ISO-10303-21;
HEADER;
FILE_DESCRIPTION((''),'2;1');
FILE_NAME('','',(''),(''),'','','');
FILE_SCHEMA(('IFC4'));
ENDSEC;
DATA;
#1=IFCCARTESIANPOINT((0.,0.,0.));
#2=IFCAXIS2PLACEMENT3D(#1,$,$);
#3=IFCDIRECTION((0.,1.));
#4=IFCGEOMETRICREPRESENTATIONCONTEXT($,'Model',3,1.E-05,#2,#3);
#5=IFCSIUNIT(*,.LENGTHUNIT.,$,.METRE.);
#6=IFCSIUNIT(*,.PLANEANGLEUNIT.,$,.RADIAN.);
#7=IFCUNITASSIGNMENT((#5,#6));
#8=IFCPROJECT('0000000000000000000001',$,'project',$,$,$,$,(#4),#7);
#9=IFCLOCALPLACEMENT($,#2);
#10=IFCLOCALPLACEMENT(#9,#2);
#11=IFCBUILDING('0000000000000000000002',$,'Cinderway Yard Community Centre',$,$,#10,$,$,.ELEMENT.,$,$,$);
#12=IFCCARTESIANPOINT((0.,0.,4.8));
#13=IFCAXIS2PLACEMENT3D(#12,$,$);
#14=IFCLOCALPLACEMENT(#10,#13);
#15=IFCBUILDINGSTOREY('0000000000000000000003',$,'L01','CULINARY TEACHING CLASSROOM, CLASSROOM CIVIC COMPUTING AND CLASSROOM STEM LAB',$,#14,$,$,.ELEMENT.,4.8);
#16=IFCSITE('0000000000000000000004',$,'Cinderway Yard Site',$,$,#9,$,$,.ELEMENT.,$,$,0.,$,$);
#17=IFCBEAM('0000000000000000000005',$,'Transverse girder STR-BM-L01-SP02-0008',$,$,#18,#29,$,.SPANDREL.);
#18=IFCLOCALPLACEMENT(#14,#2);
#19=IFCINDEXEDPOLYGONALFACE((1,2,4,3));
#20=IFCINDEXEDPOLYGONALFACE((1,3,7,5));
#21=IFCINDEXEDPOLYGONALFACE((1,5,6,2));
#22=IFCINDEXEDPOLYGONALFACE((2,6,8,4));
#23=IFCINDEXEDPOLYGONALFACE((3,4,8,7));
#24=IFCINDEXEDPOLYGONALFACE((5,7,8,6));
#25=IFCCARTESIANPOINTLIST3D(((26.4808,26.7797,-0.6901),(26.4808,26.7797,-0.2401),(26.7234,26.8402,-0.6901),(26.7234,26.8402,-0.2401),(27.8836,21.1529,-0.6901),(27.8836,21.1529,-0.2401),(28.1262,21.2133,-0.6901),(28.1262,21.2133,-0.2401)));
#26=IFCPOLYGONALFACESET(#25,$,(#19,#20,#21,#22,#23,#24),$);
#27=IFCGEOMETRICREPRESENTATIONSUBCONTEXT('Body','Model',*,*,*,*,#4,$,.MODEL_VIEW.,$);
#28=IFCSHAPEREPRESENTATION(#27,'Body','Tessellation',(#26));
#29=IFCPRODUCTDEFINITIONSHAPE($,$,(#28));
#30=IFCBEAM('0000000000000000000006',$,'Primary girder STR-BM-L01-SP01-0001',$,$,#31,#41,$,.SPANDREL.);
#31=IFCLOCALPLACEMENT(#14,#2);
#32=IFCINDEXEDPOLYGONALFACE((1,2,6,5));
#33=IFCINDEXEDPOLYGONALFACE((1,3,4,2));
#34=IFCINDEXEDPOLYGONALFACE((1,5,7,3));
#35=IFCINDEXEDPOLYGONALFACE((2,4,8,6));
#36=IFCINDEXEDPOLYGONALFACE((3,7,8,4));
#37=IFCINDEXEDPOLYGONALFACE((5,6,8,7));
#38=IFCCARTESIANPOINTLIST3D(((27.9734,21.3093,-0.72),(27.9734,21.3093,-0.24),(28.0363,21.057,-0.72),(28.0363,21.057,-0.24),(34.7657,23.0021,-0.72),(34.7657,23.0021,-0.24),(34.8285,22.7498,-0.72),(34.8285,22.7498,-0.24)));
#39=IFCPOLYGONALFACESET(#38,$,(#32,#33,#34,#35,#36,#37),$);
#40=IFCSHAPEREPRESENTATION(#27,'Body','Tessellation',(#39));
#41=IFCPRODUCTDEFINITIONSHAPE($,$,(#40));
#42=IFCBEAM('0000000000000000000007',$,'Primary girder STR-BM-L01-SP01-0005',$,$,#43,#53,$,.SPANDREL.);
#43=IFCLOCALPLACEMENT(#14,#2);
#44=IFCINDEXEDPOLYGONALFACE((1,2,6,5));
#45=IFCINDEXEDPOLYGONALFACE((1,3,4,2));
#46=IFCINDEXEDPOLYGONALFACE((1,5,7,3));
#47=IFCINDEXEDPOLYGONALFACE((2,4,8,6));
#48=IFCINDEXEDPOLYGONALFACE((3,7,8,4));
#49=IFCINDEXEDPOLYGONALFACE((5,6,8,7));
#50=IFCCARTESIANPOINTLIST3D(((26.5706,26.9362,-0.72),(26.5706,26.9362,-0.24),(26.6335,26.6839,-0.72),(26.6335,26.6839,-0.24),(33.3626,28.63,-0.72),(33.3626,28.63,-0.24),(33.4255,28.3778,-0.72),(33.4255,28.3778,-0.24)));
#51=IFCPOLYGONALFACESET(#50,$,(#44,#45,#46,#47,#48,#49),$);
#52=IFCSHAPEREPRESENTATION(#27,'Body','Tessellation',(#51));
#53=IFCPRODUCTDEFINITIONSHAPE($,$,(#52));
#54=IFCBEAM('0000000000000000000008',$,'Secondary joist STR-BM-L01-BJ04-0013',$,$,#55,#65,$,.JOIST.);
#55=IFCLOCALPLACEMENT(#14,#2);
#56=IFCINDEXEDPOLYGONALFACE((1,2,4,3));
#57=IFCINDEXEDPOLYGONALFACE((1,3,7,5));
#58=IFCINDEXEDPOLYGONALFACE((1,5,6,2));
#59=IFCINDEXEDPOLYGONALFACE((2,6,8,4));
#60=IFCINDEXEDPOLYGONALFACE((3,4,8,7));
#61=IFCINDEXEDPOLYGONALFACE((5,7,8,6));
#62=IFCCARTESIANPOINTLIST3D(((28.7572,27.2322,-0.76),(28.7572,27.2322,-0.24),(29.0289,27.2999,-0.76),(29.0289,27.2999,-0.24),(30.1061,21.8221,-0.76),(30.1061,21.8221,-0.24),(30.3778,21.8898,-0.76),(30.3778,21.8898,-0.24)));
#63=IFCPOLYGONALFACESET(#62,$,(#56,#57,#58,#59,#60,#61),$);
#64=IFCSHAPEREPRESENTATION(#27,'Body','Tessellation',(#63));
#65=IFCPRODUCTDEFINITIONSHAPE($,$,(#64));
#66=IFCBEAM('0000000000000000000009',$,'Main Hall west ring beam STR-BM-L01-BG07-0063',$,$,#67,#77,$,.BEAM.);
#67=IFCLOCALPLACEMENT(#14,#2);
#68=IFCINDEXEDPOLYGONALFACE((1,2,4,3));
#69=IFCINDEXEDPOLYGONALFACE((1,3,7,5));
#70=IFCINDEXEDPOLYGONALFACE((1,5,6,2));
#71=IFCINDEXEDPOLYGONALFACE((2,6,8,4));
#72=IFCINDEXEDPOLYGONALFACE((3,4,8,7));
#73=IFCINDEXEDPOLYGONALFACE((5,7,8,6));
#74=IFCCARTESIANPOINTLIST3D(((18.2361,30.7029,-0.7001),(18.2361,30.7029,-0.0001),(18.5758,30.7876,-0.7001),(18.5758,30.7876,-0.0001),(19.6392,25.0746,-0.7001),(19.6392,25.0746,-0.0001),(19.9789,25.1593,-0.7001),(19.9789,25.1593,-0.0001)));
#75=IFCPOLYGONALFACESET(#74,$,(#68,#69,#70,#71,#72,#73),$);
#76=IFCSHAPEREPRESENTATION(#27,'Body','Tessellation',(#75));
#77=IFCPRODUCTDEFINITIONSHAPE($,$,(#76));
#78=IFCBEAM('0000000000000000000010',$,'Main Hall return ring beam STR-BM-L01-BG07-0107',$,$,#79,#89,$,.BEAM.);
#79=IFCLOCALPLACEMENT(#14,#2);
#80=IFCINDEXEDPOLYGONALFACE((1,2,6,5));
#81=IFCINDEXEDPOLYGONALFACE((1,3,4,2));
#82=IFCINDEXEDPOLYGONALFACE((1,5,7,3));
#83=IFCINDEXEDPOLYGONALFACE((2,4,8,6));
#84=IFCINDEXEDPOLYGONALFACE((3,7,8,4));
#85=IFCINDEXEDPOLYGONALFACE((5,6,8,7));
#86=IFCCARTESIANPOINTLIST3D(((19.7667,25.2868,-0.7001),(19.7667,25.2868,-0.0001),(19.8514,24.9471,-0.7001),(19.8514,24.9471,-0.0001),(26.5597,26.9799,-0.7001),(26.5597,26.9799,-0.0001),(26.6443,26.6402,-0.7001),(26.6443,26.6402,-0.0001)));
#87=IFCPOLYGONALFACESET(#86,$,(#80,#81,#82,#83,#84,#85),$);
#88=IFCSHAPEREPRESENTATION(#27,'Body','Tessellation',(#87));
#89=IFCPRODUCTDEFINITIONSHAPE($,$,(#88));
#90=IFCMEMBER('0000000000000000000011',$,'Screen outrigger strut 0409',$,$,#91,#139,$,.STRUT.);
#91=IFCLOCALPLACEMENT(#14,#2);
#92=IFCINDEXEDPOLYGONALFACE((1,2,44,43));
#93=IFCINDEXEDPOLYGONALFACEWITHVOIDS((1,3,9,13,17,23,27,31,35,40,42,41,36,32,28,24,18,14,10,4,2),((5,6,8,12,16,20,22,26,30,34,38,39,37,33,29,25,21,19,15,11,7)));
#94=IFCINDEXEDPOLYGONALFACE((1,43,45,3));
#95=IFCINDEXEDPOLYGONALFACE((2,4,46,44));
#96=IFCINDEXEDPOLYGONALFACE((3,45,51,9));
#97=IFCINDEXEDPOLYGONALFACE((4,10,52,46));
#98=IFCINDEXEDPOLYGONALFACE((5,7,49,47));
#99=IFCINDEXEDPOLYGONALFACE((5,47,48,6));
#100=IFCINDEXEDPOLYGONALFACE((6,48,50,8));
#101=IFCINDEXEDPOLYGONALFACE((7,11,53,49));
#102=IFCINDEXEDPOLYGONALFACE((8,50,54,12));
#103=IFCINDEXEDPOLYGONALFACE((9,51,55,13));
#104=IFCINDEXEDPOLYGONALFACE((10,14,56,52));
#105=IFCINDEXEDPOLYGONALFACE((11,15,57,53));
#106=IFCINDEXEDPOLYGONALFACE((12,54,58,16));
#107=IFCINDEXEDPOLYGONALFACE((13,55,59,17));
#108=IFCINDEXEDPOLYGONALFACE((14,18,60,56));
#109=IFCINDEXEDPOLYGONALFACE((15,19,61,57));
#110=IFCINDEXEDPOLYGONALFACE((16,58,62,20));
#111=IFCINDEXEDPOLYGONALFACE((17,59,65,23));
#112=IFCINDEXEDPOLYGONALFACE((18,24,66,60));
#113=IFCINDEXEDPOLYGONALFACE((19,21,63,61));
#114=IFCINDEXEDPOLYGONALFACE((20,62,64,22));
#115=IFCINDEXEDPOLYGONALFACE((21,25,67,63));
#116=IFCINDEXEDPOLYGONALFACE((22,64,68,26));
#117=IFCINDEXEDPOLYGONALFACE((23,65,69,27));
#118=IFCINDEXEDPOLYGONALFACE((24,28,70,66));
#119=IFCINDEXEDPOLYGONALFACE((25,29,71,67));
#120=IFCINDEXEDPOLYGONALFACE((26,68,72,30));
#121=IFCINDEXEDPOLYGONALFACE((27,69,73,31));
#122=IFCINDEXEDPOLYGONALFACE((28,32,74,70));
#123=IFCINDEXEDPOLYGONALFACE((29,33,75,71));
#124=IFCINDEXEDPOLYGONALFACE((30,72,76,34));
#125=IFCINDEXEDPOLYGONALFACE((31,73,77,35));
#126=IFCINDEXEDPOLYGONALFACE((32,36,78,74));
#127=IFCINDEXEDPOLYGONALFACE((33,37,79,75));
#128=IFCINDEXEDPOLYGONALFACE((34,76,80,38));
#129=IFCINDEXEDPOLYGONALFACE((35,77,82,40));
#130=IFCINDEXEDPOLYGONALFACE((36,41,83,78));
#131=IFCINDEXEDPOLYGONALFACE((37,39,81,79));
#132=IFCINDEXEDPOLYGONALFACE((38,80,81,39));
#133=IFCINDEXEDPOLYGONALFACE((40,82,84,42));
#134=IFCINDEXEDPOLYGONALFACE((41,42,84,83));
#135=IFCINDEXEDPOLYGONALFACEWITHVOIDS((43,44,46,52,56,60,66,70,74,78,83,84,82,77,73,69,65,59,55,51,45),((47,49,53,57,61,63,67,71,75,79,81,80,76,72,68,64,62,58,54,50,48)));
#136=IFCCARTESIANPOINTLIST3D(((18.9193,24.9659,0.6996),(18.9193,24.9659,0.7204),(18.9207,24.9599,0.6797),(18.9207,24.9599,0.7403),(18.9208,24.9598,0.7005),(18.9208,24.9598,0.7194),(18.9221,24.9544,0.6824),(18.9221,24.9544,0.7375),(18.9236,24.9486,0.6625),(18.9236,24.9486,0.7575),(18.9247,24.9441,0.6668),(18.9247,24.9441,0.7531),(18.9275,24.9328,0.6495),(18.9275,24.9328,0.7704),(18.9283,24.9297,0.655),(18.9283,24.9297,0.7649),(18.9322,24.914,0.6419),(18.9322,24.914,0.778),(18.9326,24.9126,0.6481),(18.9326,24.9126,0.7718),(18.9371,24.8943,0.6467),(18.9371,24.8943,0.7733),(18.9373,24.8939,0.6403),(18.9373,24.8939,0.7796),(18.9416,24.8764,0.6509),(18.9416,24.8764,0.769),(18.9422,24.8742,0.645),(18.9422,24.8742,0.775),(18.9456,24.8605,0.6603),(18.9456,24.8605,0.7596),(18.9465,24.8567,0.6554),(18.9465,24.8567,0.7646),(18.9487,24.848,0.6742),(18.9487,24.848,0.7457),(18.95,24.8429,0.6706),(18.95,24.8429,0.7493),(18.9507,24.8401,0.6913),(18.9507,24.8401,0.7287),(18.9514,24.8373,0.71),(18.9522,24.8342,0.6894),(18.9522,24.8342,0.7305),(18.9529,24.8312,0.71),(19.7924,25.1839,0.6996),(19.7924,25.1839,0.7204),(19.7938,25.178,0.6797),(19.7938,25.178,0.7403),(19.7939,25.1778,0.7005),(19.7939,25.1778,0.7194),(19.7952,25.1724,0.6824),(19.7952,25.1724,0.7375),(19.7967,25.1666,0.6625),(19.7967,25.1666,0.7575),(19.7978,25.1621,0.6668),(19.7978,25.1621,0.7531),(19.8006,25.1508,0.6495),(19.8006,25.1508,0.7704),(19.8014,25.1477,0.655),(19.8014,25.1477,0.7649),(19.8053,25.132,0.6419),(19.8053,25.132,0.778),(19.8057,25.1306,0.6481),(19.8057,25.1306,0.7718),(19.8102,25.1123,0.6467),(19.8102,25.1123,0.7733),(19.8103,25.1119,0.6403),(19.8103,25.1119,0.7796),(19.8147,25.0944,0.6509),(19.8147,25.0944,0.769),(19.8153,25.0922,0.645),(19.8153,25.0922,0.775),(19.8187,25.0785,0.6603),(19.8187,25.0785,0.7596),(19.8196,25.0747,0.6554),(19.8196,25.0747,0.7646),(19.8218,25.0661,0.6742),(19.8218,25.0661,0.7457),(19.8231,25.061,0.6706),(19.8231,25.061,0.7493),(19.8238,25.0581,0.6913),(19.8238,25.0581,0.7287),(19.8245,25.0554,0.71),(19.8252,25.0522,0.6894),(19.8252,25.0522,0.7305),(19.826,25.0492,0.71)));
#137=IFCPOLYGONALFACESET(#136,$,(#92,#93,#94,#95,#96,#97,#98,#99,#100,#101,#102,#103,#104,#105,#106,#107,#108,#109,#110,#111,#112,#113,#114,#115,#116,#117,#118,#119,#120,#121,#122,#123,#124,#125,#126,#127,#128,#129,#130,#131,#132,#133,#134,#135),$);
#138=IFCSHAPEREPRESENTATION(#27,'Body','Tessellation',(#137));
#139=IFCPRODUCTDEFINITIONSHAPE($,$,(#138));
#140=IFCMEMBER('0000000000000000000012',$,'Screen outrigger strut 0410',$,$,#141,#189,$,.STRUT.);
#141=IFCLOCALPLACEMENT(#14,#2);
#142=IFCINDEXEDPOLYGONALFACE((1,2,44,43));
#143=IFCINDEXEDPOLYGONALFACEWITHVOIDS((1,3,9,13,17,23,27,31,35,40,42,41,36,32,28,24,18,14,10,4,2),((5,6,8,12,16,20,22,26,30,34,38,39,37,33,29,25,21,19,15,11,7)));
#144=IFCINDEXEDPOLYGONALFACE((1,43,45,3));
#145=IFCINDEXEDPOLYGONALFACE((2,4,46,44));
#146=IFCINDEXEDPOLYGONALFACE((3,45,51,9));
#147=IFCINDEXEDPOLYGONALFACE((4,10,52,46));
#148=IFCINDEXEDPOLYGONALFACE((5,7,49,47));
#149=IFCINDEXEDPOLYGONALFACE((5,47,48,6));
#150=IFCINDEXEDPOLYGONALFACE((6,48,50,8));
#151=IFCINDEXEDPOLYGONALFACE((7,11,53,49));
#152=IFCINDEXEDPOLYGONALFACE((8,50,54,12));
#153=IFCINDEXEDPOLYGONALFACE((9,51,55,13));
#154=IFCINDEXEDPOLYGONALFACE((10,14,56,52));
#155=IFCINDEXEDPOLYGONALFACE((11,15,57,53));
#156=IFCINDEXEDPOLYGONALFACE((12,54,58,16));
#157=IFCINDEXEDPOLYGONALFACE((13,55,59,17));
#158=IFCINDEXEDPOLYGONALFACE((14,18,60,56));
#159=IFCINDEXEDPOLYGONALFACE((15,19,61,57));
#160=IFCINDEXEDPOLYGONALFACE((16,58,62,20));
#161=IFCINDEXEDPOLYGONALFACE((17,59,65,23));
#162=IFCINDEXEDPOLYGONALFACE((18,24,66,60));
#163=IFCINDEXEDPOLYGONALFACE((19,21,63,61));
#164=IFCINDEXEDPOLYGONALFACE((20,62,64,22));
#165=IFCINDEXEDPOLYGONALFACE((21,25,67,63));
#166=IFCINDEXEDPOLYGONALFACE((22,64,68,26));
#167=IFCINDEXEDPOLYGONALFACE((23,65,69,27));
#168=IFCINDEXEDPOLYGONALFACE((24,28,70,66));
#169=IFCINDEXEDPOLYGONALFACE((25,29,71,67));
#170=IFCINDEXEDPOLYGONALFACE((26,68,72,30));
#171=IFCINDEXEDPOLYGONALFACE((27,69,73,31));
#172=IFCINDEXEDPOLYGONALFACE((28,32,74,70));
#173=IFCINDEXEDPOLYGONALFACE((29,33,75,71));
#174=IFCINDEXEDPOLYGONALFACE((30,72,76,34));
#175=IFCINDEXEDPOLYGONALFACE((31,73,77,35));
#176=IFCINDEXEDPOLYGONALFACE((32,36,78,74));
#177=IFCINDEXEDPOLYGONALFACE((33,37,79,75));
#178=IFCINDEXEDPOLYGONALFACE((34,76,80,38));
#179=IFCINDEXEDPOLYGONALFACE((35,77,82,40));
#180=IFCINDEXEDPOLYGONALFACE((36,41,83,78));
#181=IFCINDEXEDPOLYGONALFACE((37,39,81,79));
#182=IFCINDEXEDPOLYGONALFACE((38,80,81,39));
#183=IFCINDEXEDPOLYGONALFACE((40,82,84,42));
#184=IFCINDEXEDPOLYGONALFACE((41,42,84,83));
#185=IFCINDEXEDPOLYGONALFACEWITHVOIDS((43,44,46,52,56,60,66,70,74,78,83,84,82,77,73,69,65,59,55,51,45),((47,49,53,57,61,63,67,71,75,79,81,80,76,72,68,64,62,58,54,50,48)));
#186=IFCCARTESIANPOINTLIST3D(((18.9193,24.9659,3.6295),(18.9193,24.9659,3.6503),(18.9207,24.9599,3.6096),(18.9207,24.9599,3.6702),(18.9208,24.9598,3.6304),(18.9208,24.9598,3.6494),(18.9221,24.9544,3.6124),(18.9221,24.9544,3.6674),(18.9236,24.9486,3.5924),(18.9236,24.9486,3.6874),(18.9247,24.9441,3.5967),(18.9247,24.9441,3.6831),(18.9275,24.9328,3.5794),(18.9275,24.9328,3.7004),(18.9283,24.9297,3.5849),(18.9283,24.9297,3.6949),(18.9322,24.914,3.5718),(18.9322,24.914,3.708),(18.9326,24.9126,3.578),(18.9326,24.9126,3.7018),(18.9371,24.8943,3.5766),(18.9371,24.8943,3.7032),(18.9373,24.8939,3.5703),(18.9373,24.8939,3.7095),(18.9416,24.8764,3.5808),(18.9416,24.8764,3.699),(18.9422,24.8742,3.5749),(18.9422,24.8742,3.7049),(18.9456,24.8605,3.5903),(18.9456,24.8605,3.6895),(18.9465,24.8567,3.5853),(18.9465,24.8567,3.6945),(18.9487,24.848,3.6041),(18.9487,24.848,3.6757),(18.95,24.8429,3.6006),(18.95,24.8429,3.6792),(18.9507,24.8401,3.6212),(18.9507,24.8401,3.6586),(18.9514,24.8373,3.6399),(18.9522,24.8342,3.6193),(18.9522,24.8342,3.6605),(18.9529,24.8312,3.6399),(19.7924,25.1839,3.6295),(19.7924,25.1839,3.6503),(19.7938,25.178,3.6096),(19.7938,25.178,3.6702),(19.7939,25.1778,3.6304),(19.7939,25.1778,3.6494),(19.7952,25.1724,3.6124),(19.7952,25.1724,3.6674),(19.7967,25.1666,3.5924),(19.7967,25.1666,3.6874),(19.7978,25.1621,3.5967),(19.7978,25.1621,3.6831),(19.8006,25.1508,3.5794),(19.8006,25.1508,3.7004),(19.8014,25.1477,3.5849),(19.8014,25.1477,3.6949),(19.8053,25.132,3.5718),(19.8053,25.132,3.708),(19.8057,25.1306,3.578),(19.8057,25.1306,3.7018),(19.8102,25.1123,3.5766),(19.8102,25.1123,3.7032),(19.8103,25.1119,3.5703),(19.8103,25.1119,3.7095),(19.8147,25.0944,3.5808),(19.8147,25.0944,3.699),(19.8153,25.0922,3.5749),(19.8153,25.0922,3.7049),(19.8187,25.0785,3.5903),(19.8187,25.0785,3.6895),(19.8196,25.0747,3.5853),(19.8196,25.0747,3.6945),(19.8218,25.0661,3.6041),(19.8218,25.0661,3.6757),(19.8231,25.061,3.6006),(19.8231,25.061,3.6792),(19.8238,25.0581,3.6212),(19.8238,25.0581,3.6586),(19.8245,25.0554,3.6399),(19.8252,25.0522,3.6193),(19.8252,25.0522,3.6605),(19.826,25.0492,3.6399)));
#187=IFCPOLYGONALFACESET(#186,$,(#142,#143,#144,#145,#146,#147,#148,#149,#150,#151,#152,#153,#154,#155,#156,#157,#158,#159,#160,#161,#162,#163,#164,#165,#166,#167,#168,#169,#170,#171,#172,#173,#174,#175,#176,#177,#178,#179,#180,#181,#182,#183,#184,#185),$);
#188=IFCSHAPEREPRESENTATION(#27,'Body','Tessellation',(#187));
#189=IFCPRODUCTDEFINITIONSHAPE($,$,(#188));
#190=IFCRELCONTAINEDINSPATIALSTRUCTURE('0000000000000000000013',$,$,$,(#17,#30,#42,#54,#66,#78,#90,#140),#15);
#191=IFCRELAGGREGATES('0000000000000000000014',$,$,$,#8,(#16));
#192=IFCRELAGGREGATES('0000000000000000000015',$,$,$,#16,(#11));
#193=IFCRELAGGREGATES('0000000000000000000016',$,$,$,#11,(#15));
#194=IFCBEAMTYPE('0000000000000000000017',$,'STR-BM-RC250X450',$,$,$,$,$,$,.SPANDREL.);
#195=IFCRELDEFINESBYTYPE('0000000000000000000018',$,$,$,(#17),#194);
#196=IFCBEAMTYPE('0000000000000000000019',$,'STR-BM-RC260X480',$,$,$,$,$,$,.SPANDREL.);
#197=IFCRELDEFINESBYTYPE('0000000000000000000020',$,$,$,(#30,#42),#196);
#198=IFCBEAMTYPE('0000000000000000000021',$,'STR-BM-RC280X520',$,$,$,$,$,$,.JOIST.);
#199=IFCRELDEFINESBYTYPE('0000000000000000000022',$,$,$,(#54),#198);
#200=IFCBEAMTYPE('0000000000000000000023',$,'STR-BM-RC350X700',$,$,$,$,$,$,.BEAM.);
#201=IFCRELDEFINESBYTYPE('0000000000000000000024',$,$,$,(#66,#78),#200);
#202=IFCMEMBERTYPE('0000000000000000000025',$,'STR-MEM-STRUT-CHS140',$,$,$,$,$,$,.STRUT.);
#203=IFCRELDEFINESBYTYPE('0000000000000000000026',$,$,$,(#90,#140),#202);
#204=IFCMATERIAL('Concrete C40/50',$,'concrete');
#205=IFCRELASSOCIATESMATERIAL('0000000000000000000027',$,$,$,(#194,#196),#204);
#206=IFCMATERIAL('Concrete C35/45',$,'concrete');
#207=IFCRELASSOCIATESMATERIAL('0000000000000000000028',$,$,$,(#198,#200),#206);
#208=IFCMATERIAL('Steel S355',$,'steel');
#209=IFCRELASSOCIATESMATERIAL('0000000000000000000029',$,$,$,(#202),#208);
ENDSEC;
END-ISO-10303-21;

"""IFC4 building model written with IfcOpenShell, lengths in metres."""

from ifc_helpers import new_model, si_unit, direction, frame, origin, origin_2d, place, context, subcontext, project, spatial, rectangle, hollow_circle, extrude, material, material_profile, profile_set, type_object, element, save


model = new_model("IFC4")

# Units and contexts
model_context = context("Model", 3, precision=1e-05, world=origin(), true_north=direction((0.0, 1.0)))
body_context = subcontext(model_context, "Body", "Model", "MODEL_VIEW")
ifc_project = project(units=[si_unit("LENGTHUNIT", "METRE"), si_unit("PLANEANGLEUNIT", "RADIAN")], contexts=[model_context])

# Site, building, storey
site_placement = place(None, origin())
site = spatial("IfcSite", under=ifc_project, at=site_placement, Name="Cinderway Yard Site", CompositionType="ELEMENT", RefElevation=0.0)
building_placement = place(site_placement, origin())
building = spatial("IfcBuilding", under=site, at=building_placement, Name="Cinderway Yard Community Centre", CompositionType="ELEMENT")
storey_placement = place(building_placement, frame((0.0, 0.0, 4.8)))
storey = spatial("IfcBuildingStorey", under=building, at=storey_placement, Name="L01", Description="CULINARY TEACHING CLASSROOM, CLASSROOM CIVIC COMPUTING AND CLASSROOM STEM LAB", CompositionType="ELEMENT", Elevation=4.8)

# Shared definitions
ifc_material_1 = material(Name="Concrete C40/50", Category="concrete")

# Shared definitions
ifc_material_2 = material(Name="Steel S355", Category="steel")

# Beams
ifc_material_profile_1 = material_profile(ifc_material_1, rectangle(XDim=0.25, YDim=0.45, at=origin_2d()), Name="Concrete C40/50")
ifc_profile_set_1 = profile_set([ifc_material_profile_1], Name="Concrete C40/50")
beam_type_1 = type_object("IfcBeamType", Name="STR-BM-RC250X450", PredefinedType="SPANDREL", material=ifc_profile_set_1)
beam_1_placement = place(storey_placement, frame((28.0049, 21.1831, -0.4651), z_axis=(-0.241902, 0.970301, 0.0), x_axis=(-0.970301, -0.241902, 0.0)))
element("IfcBeam", 1, at=beam_1_placement, inside=storey, type_object=beam_type_1, Name="Transverse girder STR-BM-L01-SP02-0008", PredefinedType="SPANDREL", context=body_context, shape_type="SweptSolid", body=[
    extrude(rectangle(XDim=0.25, YDim=0.45, at=origin_2d()), origin(), (0.0, 0.0, 1.0), 5.7991),
])
ifc_material_profile_2 = material_profile(ifc_material_1, rectangle(XDim=0.26, YDim=0.48, at=origin_2d()), Name="Concrete C40/50")
ifc_profile_set_2 = profile_set([ifc_material_profile_2], Name="Concrete C40/50")
beam_type_2 = type_object("IfcBeamType", Name="STR-BM-RC260X480", PredefinedType="SPANDREL", material=ifc_profile_set_2)
for number, where, z_axis, x_axis, name in (
    (2, (28.0049, 21.1831, -0.48), (0.970317, 0.241838, 0.0), (-0.241838, 0.970317, 0.0), "Primary girder STR-BM-L01-SP01-0001"),
    (3, (26.6021, 26.8101, -0.48), (0.970282, 0.241978, 0.0), (-0.241978, 0.970282, 0.0), "Primary girder STR-BM-L01-SP01-0005"),
):
    element("IfcBeam", number, at=place(storey_placement, frame(where, z_axis=z_axis, x_axis=x_axis)), inside=storey, type_object=beam_type_2, Name=name, PredefinedType="SPANDREL", context=body_context, shape_type="SweptSolid", body=[
        extrude(rectangle(XDim=0.26, YDim=0.48, at=origin_2d()), origin(), (0.0, 0.0, 1.0), 7.0),
    ])
ifc_material_3 = material(Name="Concrete C35/45", Category="concrete")
ifc_material_profile_3 = material_profile(ifc_material_3, rectangle(XDim=0.28, YDim=0.52, at=origin_2d()), Name="Concrete C35/45")
ifc_profile_set_3 = profile_set([ifc_material_profile_3], Name="Concrete C35/45")
beam_type_3 = type_object("IfcBeamType", Name="STR-BM-RC280X520", PredefinedType="JOIST", material=ifc_profile_set_3)
beam_2_placement = place(storey_placement, frame((30.2419, 21.856, -0.5), z_axis=(-0.241917, 0.970297, 0.0), x_axis=(-0.970297, -0.241917, 0.0)))
element("IfcBeam", 4, at=beam_2_placement, inside=storey, type_object=beam_type_3, Name="Secondary joist STR-BM-L01-BJ04-0013", PredefinedType="JOIST", context=body_context, shape_type="SweptSolid", body=[
    extrude(rectangle(XDim=0.28, YDim=0.52, at=origin_2d()), origin(), (0.0, 0.0, 1.0), 5.5757),
])
ifc_material_profile_4 = material_profile(ifc_material_3, rectangle(XDim=0.3501, YDim=0.7, at=origin_2d()), Name="Concrete C35/45")
ifc_profile_set_4 = profile_set([ifc_material_profile_4], Name="Concrete C35/45")
beam_type_4 = type_object("IfcBeamType", Name="STR-BM-RC350X700", PredefinedType="BEAM", material=ifc_profile_set_4)
beam_3_placement = place(storey_placement, frame((19.8091, 25.1169, -0.3501), z_axis=(-0.241892, 0.970303, 0.0), x_axis=(-0.970303, -0.241892, 0.0)))
element("IfcBeam", 5, at=beam_3_placement, inside=storey, type_object=beam_type_4, Name="Main Hall west ring beam STR-BM-L01-BG07-0063", PredefinedType="BEAM", context=body_context, shape_type="SweptSolid", body=[
    extrude(rectangle(XDim=0.3501, YDim=0.7, at=origin_2d()), origin(), (0.0, 0.0, 1.0), 5.8005),
])
beam_4_placement = place(storey_placement, frame((19.8091, 25.1169, -0.3501), z_axis=(0.970315, 0.241846, 0.0), x_axis=(-0.241846, 0.970315, 0.0)))
element("IfcBeam", 6, at=beam_4_placement, inside=storey, type_object=beam_type_4, Name="Main Hall return ring beam STR-BM-L01-BG07-0107", PredefinedType="BEAM", context=body_context, shape_type="SweptSolid", body=[
    extrude(rectangle(XDim=0.3501, YDim=0.7, at=origin_2d()), origin(), (0.0, 0.0, 1.0), 7.0007),
])

# Members
ifc_material_profile_5 = material_profile(ifc_material_2, hollow_circle(Radius=0.0698, WallThickness=0.0063, at=origin_2d()), Name="Steel S355")
ifc_profile_set_5 = profile_set([ifc_material_profile_5], Name="Steel S355")
member_type_1 = type_object("IfcMemberType", Name="STR-MEM-STRUT-CHS140", PredefinedType="STRUT", material=ifc_profile_set_5)
for number, where, z_axis, x_axis, name in (
    (7, (19.8091, 25.1169, 0.71), (-0.970206, -0.24228, 0.0), (0.24228, -0.970206, 0.0), "Screen outrigger strut 0409"),
    (8, (19.8091, 25.1169, 3.6399), (-0.970206, -0.24228, 0.0), (0.24228, -0.970206, 0.0), "Screen outrigger strut 0410"),
):
    element("IfcMember", number, at=place(storey_placement, frame(where, z_axis=z_axis, x_axis=x_axis)), inside=storey, type_object=member_type_1, Name=name, PredefinedType="STRUT", context=body_context, shape_type="SweptSolid", body=[
        extrude(hollow_circle(Radius=0.0698, WallThickness=0.0063, at=origin_2d()), origin(), (0.0, 0.0, 1.0), 0.8999),
    ])

save(model, "model.ifc")
